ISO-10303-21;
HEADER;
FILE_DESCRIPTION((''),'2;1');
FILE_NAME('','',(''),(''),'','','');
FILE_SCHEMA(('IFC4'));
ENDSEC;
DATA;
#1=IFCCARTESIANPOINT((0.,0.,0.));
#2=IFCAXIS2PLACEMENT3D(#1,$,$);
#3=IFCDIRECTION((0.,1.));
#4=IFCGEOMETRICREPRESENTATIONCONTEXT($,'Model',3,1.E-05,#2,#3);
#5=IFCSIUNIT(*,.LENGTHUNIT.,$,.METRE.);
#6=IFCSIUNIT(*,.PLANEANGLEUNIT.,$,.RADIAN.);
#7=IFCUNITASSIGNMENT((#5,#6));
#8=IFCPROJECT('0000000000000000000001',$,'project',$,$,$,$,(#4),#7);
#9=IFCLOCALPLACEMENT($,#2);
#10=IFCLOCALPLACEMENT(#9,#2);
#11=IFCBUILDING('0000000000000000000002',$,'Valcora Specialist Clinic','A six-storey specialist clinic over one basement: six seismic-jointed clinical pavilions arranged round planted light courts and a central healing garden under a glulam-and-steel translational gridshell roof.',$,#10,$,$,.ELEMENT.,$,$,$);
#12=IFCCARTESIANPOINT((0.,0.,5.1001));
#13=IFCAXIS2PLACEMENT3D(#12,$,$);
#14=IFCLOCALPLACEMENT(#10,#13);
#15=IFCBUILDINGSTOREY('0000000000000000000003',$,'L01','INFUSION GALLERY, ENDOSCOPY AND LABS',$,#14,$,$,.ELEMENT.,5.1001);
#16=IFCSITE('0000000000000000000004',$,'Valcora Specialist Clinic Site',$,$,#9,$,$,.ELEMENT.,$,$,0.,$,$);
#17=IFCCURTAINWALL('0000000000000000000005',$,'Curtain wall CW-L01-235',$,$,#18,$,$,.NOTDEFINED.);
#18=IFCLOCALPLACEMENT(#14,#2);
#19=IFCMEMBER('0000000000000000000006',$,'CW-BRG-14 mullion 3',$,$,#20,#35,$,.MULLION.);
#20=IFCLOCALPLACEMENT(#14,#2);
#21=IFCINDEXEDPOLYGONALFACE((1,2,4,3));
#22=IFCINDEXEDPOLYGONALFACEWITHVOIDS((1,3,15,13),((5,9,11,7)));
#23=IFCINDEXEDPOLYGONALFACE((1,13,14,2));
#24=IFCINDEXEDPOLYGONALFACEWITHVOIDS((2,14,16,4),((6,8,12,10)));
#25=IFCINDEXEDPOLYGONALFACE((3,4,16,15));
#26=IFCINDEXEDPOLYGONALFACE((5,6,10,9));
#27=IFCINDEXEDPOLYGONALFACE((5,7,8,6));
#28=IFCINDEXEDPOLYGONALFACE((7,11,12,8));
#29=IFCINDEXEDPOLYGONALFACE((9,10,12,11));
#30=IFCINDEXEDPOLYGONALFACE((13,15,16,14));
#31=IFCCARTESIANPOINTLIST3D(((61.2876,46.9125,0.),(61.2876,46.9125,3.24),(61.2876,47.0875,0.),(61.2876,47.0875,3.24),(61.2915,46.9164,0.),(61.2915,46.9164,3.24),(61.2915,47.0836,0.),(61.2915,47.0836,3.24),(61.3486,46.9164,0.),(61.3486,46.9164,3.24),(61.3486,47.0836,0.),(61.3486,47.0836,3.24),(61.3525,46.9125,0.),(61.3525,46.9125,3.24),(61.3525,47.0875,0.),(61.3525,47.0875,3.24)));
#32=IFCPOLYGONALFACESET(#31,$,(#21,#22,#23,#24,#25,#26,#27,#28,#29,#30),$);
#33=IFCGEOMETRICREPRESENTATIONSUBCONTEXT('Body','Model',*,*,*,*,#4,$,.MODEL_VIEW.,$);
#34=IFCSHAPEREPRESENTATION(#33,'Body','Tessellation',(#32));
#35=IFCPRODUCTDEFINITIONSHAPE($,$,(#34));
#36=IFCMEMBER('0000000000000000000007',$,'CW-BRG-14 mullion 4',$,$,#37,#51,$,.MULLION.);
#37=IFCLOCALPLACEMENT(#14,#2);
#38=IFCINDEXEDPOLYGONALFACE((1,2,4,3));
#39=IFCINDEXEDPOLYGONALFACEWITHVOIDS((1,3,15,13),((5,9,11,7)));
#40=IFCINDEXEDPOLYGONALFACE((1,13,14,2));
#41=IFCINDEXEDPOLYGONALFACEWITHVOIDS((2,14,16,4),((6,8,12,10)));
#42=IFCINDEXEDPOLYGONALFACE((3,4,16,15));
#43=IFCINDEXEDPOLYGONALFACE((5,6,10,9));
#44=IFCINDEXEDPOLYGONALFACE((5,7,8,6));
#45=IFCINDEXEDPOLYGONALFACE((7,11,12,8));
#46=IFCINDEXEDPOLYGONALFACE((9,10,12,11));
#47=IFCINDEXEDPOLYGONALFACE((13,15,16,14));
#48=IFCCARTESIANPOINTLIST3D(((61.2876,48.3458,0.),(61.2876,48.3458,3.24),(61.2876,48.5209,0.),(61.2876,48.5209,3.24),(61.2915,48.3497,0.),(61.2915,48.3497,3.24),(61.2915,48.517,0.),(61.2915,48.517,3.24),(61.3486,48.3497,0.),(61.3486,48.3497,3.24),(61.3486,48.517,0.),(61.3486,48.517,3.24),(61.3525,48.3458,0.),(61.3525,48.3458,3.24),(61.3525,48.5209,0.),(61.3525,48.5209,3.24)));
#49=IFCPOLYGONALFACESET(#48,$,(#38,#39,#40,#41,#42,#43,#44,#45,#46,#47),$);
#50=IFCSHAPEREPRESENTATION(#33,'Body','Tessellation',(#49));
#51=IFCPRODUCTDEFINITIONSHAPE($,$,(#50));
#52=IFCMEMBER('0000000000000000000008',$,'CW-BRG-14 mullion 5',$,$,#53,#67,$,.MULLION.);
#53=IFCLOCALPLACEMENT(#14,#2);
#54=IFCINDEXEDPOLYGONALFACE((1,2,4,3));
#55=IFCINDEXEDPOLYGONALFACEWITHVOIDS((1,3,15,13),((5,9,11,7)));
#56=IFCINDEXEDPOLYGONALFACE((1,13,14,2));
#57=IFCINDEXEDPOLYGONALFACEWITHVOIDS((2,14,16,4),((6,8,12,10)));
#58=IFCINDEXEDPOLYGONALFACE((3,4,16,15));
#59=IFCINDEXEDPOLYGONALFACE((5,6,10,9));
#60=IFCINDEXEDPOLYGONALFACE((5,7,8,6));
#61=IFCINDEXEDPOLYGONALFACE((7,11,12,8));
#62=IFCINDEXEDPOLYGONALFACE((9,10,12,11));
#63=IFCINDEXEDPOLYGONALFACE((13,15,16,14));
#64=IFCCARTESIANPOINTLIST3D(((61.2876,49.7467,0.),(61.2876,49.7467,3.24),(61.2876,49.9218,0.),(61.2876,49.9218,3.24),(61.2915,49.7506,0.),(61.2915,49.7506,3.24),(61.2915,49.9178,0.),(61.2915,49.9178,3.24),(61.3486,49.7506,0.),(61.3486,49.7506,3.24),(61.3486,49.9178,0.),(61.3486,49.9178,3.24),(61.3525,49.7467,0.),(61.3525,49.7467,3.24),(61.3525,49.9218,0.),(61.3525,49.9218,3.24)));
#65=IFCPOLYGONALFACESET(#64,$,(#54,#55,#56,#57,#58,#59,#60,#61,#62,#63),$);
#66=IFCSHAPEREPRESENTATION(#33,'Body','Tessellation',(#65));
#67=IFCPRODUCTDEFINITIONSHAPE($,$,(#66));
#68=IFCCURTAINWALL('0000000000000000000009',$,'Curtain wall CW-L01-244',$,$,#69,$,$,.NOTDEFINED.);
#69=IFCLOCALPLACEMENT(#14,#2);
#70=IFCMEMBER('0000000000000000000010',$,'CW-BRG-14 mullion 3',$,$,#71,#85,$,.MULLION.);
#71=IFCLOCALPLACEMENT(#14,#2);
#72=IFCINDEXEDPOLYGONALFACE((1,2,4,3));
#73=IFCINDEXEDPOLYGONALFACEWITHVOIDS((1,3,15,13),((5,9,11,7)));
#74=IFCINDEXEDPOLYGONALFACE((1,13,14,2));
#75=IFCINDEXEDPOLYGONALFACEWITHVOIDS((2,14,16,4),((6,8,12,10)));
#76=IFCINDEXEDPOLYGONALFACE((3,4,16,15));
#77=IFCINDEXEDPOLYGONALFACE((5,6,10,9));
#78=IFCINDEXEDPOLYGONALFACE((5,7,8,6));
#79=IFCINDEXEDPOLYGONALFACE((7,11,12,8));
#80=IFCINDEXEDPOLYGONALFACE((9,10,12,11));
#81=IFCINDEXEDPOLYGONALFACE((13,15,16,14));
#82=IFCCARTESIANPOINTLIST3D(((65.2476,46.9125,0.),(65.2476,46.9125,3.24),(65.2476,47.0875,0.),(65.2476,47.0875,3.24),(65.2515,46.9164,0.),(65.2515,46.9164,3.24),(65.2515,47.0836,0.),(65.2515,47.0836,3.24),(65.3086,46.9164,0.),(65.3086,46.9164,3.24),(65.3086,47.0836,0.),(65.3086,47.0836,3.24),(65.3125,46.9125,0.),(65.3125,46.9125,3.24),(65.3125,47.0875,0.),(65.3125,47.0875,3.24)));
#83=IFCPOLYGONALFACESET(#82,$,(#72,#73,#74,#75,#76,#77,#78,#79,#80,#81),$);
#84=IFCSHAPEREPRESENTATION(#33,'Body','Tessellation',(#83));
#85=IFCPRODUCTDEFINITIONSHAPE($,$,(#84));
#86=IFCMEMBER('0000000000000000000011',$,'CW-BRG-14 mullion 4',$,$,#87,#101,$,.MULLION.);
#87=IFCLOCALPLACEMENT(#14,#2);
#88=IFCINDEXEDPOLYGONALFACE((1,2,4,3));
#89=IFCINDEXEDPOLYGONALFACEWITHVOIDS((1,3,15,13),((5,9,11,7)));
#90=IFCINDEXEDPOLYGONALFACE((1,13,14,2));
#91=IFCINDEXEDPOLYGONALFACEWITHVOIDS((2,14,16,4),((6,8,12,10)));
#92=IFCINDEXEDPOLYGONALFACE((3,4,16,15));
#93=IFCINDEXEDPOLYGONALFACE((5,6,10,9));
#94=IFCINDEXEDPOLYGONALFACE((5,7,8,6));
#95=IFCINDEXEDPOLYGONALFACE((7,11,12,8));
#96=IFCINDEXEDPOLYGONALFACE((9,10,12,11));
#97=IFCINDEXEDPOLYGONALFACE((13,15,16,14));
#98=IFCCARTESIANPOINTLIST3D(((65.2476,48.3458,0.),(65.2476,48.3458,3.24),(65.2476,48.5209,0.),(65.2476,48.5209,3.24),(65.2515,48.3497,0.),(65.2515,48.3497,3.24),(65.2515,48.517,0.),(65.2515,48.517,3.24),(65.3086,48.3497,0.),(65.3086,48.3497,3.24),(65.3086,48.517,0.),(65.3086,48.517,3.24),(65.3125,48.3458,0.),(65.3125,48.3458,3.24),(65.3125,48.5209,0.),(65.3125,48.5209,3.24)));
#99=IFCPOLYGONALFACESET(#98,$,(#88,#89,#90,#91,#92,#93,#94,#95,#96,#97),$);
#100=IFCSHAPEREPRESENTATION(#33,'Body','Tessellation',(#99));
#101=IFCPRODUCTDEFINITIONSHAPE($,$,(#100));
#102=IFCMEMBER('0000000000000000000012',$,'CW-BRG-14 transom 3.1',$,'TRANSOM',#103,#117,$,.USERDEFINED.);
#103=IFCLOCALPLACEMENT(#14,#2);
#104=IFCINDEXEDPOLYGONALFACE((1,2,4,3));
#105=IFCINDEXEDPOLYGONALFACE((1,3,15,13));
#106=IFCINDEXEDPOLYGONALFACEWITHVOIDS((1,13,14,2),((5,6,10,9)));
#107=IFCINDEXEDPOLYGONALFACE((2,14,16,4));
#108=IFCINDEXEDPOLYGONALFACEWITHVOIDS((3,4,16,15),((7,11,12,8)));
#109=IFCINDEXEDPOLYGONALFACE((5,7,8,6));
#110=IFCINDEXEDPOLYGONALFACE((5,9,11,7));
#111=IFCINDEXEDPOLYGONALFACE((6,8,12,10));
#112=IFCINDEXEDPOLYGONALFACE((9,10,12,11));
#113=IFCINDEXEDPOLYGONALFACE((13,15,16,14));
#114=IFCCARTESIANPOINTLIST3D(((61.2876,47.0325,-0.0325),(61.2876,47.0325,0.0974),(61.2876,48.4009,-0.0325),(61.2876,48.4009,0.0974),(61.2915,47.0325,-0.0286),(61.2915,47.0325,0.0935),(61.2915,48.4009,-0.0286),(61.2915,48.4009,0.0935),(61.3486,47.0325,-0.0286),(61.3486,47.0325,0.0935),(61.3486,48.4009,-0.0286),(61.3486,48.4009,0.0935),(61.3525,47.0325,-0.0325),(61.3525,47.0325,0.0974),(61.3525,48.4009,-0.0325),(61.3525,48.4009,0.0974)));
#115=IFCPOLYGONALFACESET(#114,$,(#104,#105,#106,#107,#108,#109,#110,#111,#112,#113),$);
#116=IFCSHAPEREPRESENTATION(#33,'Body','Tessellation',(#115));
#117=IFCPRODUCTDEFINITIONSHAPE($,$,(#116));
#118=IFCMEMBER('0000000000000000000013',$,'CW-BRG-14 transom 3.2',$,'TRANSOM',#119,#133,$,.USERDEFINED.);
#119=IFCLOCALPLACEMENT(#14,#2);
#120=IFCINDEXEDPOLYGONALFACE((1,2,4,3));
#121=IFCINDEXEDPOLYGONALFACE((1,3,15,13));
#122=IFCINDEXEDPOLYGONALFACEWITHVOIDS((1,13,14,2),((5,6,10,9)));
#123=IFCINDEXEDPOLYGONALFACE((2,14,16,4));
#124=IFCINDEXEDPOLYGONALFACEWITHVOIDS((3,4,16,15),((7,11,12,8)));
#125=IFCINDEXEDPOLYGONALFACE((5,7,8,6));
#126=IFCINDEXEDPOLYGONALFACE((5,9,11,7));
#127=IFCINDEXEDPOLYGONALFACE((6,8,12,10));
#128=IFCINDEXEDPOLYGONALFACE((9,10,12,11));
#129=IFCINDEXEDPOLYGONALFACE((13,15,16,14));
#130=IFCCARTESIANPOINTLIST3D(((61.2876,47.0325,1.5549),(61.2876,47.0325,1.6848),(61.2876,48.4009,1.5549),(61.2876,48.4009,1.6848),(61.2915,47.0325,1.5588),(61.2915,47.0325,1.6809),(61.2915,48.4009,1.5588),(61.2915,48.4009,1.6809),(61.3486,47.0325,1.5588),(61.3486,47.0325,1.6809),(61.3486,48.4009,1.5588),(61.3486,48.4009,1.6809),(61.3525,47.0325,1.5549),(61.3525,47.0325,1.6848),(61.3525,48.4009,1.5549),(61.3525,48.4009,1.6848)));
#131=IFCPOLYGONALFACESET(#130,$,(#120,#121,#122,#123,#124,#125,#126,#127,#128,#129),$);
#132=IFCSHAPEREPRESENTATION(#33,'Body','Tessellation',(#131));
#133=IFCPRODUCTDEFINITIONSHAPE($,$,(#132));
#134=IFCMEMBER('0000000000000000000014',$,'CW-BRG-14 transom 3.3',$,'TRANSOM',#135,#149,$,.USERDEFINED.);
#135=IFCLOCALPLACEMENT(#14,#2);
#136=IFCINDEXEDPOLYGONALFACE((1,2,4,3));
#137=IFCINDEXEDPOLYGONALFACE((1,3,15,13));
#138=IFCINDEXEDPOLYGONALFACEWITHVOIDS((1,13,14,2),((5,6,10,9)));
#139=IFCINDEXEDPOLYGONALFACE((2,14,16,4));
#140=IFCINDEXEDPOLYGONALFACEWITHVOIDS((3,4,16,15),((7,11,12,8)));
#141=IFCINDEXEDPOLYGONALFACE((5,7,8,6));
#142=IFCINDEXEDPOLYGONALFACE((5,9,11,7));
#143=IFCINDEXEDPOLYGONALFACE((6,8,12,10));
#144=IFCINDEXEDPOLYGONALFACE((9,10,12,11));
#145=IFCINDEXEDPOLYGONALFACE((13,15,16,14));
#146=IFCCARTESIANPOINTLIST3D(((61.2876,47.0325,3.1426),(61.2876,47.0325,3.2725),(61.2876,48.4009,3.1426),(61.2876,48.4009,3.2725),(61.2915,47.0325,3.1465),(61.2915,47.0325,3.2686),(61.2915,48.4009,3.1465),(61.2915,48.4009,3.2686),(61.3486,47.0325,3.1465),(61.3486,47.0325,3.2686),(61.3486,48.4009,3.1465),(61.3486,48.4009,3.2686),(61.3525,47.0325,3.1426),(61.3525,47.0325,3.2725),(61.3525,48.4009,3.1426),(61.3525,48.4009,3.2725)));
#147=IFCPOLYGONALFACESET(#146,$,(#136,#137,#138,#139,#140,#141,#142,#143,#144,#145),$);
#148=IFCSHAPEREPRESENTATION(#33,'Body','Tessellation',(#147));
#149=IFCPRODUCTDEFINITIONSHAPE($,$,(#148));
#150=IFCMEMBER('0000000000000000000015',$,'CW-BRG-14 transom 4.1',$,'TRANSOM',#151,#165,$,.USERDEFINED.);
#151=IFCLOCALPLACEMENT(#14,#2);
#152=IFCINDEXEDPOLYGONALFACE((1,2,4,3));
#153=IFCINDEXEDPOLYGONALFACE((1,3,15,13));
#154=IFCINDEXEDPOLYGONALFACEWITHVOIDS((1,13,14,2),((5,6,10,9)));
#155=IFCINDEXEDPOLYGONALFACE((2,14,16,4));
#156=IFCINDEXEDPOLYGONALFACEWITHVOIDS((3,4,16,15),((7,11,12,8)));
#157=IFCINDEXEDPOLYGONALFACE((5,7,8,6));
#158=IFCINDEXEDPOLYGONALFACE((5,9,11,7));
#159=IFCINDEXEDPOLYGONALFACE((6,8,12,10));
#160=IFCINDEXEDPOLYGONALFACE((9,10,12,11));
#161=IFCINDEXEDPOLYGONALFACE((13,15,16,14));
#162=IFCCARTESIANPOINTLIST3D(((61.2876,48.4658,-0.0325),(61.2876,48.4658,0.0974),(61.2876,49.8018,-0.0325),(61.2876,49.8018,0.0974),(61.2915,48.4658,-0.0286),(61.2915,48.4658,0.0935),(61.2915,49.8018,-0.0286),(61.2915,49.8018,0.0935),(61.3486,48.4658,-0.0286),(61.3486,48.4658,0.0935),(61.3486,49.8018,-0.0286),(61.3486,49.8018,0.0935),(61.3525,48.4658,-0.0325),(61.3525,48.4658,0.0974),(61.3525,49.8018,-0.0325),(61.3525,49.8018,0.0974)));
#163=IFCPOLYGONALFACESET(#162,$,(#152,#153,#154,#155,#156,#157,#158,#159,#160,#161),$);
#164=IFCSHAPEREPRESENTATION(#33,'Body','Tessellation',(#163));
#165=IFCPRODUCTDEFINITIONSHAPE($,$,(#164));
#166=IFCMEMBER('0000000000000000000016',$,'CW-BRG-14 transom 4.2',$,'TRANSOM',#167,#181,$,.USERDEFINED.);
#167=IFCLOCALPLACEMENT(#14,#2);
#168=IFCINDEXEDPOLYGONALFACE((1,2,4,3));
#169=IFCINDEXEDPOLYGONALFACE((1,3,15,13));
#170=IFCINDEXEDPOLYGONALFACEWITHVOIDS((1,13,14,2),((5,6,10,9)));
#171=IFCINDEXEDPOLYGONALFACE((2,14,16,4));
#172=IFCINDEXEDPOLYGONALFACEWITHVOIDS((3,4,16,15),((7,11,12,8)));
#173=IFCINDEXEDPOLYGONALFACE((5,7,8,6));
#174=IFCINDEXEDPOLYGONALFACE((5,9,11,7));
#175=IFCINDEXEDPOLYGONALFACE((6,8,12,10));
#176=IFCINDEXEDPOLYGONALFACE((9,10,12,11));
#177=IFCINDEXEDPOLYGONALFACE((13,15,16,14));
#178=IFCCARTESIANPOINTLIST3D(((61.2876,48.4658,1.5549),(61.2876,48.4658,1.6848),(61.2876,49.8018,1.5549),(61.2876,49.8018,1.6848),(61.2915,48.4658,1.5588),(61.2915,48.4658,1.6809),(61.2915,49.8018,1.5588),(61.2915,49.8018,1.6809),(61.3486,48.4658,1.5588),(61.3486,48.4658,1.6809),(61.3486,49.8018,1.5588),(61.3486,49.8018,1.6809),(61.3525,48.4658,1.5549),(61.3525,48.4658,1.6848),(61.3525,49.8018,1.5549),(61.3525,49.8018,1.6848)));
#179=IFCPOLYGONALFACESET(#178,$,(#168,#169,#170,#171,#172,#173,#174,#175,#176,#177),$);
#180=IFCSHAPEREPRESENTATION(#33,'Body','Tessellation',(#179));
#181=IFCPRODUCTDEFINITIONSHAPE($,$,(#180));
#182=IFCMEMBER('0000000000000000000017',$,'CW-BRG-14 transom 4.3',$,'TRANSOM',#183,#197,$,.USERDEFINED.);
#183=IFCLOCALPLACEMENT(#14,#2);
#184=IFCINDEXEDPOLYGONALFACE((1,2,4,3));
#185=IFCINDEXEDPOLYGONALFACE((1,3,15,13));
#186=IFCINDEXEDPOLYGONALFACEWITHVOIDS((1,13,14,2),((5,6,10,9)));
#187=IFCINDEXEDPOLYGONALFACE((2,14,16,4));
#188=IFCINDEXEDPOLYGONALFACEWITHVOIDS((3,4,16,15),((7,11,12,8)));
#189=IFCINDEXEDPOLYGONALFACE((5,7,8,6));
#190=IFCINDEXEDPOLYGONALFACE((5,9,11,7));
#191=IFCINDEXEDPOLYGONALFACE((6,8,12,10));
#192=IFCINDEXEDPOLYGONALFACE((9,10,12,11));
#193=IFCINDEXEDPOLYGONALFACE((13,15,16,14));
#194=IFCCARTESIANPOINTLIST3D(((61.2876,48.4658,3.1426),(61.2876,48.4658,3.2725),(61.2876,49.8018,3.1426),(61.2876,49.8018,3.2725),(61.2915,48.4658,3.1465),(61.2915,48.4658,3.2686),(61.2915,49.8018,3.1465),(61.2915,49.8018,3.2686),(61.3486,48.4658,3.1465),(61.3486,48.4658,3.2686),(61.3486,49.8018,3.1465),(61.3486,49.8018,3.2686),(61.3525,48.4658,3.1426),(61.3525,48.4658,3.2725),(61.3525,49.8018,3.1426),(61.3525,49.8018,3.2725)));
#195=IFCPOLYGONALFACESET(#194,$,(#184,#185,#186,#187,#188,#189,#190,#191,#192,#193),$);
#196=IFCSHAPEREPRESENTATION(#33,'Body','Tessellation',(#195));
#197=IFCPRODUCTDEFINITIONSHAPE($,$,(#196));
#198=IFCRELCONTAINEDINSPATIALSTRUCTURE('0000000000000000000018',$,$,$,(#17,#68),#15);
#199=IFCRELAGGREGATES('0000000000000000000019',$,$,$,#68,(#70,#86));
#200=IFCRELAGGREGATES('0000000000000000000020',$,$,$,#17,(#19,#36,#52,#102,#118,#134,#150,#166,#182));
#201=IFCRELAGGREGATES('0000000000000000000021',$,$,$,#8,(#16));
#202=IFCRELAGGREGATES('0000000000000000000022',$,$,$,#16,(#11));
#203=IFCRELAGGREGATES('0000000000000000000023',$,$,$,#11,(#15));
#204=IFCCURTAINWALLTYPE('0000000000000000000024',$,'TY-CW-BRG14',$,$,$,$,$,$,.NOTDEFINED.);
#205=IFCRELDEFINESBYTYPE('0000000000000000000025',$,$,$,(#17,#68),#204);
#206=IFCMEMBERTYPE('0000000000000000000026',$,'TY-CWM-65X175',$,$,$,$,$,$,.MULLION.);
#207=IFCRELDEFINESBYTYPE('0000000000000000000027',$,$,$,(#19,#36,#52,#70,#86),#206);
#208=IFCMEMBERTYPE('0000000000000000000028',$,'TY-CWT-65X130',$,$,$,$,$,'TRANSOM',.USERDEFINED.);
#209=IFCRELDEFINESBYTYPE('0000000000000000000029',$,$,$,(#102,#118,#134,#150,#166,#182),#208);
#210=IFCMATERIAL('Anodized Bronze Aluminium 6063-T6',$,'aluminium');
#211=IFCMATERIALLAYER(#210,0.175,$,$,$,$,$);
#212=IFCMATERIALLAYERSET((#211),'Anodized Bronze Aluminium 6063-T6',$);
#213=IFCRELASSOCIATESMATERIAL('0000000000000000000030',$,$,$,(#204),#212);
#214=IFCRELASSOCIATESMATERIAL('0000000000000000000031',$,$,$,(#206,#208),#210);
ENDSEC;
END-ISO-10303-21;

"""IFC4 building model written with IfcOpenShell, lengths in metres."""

from ifc_helpers import new_model, si_unit, direction, frame, origin, origin_2d, place, context, subcontext, project, spatial, hollow_rectangle, extrude, material, layer, layer_set, material_profile, profile_set, type_object, element, aggregate, save


model = new_model("IFC4")

# Units and contexts
model_context = context("Model", 3, precision=1e-05, world=origin(), true_north=direction((0.0, 1.0)))
body_context = subcontext(model_context, "Body", "Model", "MODEL_VIEW")
ifc_project = project(units=[si_unit("LENGTHUNIT", "METRE"), si_unit("PLANEANGLEUNIT", "RADIAN")], contexts=[model_context])

# Site, building, storey
site_placement = place(None, origin())
site = spatial("IfcSite", under=ifc_project, at=site_placement, Name="Valcora Specialist Clinic Site", CompositionType="ELEMENT", RefElevation=0.0)
building_placement = place(site_placement, origin())
building = spatial("IfcBuilding", under=site, at=building_placement, Name="Valcora Specialist Clinic", Description="A six-storey specialist clinic over one basement: six seismic-jointed clinical pavilions arranged round planted light courts and a central healing garden under a glulam-and-steel translational gridshell roof.", CompositionType="ELEMENT")
storey_placement = place(building_placement, frame((0.0, 0.0, 5.1001)))
storey = spatial("IfcBuildingStorey", under=building, at=storey_placement, Name="L01", Description="INFUSION GALLERY, ENDOSCOPY AND LABS", CompositionType="ELEMENT", Elevation=5.1001)

# Curtain walls, members
ifc_material_1 = material(Name="Anodized Bronze Aluminium 6063-T6", Category="aluminium")
ifc_layer_1 = layer(ifc_material_1, 0.175)
ifc_layer_set_1 = layer_set([ifc_layer_1], Name="Anodized Bronze Aluminium 6063-T6")
curtain_wall_type = type_object("IfcCurtainWallType", Name="TY-CW-BRG14", PredefinedType="NOTDEFINED", material=ifc_layer_set_1)
curtain_wall_1_placement = place(storey_placement, origin())
curtain_wall_1 = element("IfcCurtainWall", 1, at=curtain_wall_1_placement, inside=storey, type_object=curtain_wall_type, Name="Curtain wall CW-L01-235", PredefinedType="NOTDEFINED")
ifc_material_profile_1 = material_profile(ifc_material_1, hollow_rectangle(XDim=0.0649, YDim=0.175, WallThickness=0.0039, at=origin_2d()), Name="AL-MUL-65X175")
ifc_profile_set_1 = profile_set([ifc_material_profile_1], Name="Anodized Bronze Aluminium 6063-T6")
member_type_1 = type_object("IfcMemberType", Name="TY-CWM-65X175", PredefinedType="MULLION", material=ifc_profile_set_1)
member_1_placement = place(storey_placement, frame((61.3201, 47.0, 0.0), z_axis=(0.0, 0.0, 1.0), x_axis=(-1.0, 0.0, 0.0)))
member_1 = element("IfcMember", 2, at=member_1_placement, type_object=member_type_1, Name="CW-BRG-14 mullion 3", PredefinedType="MULLION", context=body_context, shape_type="SweptSolid", body=[
    extrude(hollow_rectangle(XDim=0.0649, YDim=0.175, WallThickness=0.0039, at=origin_2d()), origin(), (0.0, 0.0, 1.0), 3.24),
])
member_2_placement = place(storey_placement, frame((61.3201, 48.4333, 0.0), z_axis=(0.0, 0.0, 1.0), x_axis=(-1.0, 0.0, 0.0)))
member_2 = element("IfcMember", 3, at=member_2_placement, type_object=member_type_1, Name="CW-BRG-14 mullion 4", PredefinedType="MULLION", context=body_context, shape_type="SweptSolid", body=[
    extrude(hollow_rectangle(XDim=0.0649, YDim=0.175, WallThickness=0.0039, at=origin_2d()), origin(), (0.0, 0.0, 1.0), 3.24),
])
member_3_placement = place(storey_placement, frame((61.3201, 49.8342, 0.0), z_axis=(0.0, 0.0, 1.0), x_axis=(-1.0, 0.0, 0.0)))
member_3 = element("IfcMember", 4, at=member_3_placement, type_object=member_type_1, Name="CW-BRG-14 mullion 5", PredefinedType="MULLION", context=body_context, shape_type="SweptSolid", body=[
    extrude(hollow_rectangle(XDim=0.0649, YDim=0.175, WallThickness=0.0039, at=origin_2d()), origin(), (0.0, 0.0, 1.0), 3.24),
])
curtain_wall_2_placement = place(storey_placement, origin())
curtain_wall_2 = element("IfcCurtainWall", 5, at=curtain_wall_2_placement, inside=storey, type_object=curtain_wall_type, Name="Curtain wall CW-L01-244", PredefinedType="NOTDEFINED")
member_4_placement = place(storey_placement, frame((65.28, 47.0, 0.0), z_axis=(0.0, 0.0, 1.0), x_axis=(-1.0, 0.0, 0.0)))
member_4 = element("IfcMember", 6, at=member_4_placement, type_object=member_type_1, Name="CW-BRG-14 mullion 3", PredefinedType="MULLION", context=body_context, shape_type="SweptSolid", body=[
    extrude(hollow_rectangle(XDim=0.0649, YDim=0.175, WallThickness=0.0039, at=origin_2d()), origin(), (0.0, 0.0, 1.0), 3.24),
])
member_5_placement = place(storey_placement, frame((65.28, 48.4333, 0.0), z_axis=(0.0, 0.0, 1.0), x_axis=(-1.0, 0.0, 0.0)))
member_5 = element("IfcMember", 7, at=member_5_placement, type_object=member_type_1, Name="CW-BRG-14 mullion 4", PredefinedType="MULLION", context=body_context, shape_type="SweptSolid", body=[
    extrude(hollow_rectangle(XDim=0.0649, YDim=0.175, WallThickness=0.0039, at=origin_2d()), origin(), (0.0, 0.0, 1.0), 3.24),
])

# Members
ifc_material_profile_2 = material_profile(ifc_material_1, hollow_rectangle(XDim=0.0649, YDim=0.1299, WallThickness=0.0039, at=origin_2d()), Name="AL-TRN-65X130")
ifc_profile_set_2 = profile_set([ifc_material_profile_2], Name="Anodized Bronze Aluminium 6063-T6")
member_type_2 = type_object("IfcMemberType", Name="TY-CWT-65X130", ElementType="TRANSOM", PredefinedType="USERDEFINED", material=ifc_profile_set_2)
member_6_placement = place(storey_placement, frame((61.3201, 47.0325, 0.0325), z_axis=(0.0, 1.0, 0.0), x_axis=(-1.0, 0.0, 0.0)))
member_6 = element("IfcMember", 8, at=member_6_placement, type_object=member_type_2, Name="CW-BRG-14 transom 3.1", ObjectType="TRANSOM", PredefinedType="USERDEFINED", context=body_context, shape_type="SweptSolid", body=[
    extrude(hollow_rectangle(XDim=0.0649, YDim=0.1299, WallThickness=0.0039, at=origin_2d()), origin(), (0.0, 0.0, 1.0), 1.3684),
])
member_7_placement = place(storey_placement, frame((61.3201, 47.0325, 1.6199), z_axis=(0.0, 1.0, 0.0), x_axis=(-1.0, 0.0, 0.0)))
member_7 = element("IfcMember", 9, at=member_7_placement, type_object=member_type_2, Name="CW-BRG-14 transom 3.2", ObjectType="TRANSOM", PredefinedType="USERDEFINED", context=body_context, shape_type="SweptSolid", body=[
    extrude(hollow_rectangle(XDim=0.0649, YDim=0.1299, WallThickness=0.0039, at=origin_2d()), origin(), (0.0, 0.0, 1.0), 1.3684),
])
member_8_placement = place(storey_placement, frame((61.3201, 47.0325, 3.2075), z_axis=(0.0, 1.0, 0.0), x_axis=(-1.0, 0.0, 0.0)))
member_8 = element("IfcMember", 10, at=member_8_placement, type_object=member_type_2, Name="CW-BRG-14 transom 3.3", ObjectType="TRANSOM", PredefinedType="USERDEFINED", context=body_context, shape_type="SweptSolid", body=[
    extrude(hollow_rectangle(XDim=0.0649, YDim=0.1299, WallThickness=0.0039, at=origin_2d()), origin(), (0.0, 0.0, 1.0), 1.3684),
])
member_9_placement = place(storey_placement, frame((61.3201, 48.4658, 0.0325), z_axis=(0.0, 1.0, 0.0), x_axis=(-1.0, 0.0, 0.0)))
member_9 = element("IfcMember", 11, at=member_9_placement, type_object=member_type_2, Name="CW-BRG-14 transom 4.1", ObjectType="TRANSOM", PredefinedType="USERDEFINED", context=body_context, shape_type="SweptSolid", body=[
    extrude(hollow_rectangle(XDim=0.0649, YDim=0.1299, WallThickness=0.0039, at=origin_2d()), origin(), (0.0, 0.0, 1.0), 1.3359),
])
member_10_placement = place(storey_placement, frame((61.3201, 48.4658, 1.6199), z_axis=(0.0, 1.0, 0.0), x_axis=(-1.0, 0.0, 0.0)))
member_10 = element("IfcMember", 12, at=member_10_placement, type_object=member_type_2, Name="CW-BRG-14 transom 4.2", ObjectType="TRANSOM", PredefinedType="USERDEFINED", context=body_context, shape_type="SweptSolid", body=[
    extrude(hollow_rectangle(XDim=0.0649, YDim=0.1299, WallThickness=0.0039, at=origin_2d()), origin(), (0.0, 0.0, 1.0), 1.3359),
])
member_11_placement = place(storey_placement, frame((61.3201, 48.4658, 3.2075), z_axis=(0.0, 1.0, 0.0), x_axis=(-1.0, 0.0, 0.0)))
member_11 = element("IfcMember", 13, at=member_11_placement, type_object=member_type_2, Name="CW-BRG-14 transom 4.3", ObjectType="TRANSOM", PredefinedType="USERDEFINED", context=body_context, shape_type="SweptSolid", body=[
    extrude(hollow_rectangle(XDim=0.0649, YDim=0.1299, WallThickness=0.0039, at=origin_2d()), origin(), (0.0, 0.0, 1.0), 1.3359),
])

aggregate(curtain_wall_2, [member_4, member_5])
aggregate(curtain_wall_1, [member_1, member_2, member_3, member_6, member_7, member_8, member_9, member_10, member_11])

save(model, "model.ifc")
